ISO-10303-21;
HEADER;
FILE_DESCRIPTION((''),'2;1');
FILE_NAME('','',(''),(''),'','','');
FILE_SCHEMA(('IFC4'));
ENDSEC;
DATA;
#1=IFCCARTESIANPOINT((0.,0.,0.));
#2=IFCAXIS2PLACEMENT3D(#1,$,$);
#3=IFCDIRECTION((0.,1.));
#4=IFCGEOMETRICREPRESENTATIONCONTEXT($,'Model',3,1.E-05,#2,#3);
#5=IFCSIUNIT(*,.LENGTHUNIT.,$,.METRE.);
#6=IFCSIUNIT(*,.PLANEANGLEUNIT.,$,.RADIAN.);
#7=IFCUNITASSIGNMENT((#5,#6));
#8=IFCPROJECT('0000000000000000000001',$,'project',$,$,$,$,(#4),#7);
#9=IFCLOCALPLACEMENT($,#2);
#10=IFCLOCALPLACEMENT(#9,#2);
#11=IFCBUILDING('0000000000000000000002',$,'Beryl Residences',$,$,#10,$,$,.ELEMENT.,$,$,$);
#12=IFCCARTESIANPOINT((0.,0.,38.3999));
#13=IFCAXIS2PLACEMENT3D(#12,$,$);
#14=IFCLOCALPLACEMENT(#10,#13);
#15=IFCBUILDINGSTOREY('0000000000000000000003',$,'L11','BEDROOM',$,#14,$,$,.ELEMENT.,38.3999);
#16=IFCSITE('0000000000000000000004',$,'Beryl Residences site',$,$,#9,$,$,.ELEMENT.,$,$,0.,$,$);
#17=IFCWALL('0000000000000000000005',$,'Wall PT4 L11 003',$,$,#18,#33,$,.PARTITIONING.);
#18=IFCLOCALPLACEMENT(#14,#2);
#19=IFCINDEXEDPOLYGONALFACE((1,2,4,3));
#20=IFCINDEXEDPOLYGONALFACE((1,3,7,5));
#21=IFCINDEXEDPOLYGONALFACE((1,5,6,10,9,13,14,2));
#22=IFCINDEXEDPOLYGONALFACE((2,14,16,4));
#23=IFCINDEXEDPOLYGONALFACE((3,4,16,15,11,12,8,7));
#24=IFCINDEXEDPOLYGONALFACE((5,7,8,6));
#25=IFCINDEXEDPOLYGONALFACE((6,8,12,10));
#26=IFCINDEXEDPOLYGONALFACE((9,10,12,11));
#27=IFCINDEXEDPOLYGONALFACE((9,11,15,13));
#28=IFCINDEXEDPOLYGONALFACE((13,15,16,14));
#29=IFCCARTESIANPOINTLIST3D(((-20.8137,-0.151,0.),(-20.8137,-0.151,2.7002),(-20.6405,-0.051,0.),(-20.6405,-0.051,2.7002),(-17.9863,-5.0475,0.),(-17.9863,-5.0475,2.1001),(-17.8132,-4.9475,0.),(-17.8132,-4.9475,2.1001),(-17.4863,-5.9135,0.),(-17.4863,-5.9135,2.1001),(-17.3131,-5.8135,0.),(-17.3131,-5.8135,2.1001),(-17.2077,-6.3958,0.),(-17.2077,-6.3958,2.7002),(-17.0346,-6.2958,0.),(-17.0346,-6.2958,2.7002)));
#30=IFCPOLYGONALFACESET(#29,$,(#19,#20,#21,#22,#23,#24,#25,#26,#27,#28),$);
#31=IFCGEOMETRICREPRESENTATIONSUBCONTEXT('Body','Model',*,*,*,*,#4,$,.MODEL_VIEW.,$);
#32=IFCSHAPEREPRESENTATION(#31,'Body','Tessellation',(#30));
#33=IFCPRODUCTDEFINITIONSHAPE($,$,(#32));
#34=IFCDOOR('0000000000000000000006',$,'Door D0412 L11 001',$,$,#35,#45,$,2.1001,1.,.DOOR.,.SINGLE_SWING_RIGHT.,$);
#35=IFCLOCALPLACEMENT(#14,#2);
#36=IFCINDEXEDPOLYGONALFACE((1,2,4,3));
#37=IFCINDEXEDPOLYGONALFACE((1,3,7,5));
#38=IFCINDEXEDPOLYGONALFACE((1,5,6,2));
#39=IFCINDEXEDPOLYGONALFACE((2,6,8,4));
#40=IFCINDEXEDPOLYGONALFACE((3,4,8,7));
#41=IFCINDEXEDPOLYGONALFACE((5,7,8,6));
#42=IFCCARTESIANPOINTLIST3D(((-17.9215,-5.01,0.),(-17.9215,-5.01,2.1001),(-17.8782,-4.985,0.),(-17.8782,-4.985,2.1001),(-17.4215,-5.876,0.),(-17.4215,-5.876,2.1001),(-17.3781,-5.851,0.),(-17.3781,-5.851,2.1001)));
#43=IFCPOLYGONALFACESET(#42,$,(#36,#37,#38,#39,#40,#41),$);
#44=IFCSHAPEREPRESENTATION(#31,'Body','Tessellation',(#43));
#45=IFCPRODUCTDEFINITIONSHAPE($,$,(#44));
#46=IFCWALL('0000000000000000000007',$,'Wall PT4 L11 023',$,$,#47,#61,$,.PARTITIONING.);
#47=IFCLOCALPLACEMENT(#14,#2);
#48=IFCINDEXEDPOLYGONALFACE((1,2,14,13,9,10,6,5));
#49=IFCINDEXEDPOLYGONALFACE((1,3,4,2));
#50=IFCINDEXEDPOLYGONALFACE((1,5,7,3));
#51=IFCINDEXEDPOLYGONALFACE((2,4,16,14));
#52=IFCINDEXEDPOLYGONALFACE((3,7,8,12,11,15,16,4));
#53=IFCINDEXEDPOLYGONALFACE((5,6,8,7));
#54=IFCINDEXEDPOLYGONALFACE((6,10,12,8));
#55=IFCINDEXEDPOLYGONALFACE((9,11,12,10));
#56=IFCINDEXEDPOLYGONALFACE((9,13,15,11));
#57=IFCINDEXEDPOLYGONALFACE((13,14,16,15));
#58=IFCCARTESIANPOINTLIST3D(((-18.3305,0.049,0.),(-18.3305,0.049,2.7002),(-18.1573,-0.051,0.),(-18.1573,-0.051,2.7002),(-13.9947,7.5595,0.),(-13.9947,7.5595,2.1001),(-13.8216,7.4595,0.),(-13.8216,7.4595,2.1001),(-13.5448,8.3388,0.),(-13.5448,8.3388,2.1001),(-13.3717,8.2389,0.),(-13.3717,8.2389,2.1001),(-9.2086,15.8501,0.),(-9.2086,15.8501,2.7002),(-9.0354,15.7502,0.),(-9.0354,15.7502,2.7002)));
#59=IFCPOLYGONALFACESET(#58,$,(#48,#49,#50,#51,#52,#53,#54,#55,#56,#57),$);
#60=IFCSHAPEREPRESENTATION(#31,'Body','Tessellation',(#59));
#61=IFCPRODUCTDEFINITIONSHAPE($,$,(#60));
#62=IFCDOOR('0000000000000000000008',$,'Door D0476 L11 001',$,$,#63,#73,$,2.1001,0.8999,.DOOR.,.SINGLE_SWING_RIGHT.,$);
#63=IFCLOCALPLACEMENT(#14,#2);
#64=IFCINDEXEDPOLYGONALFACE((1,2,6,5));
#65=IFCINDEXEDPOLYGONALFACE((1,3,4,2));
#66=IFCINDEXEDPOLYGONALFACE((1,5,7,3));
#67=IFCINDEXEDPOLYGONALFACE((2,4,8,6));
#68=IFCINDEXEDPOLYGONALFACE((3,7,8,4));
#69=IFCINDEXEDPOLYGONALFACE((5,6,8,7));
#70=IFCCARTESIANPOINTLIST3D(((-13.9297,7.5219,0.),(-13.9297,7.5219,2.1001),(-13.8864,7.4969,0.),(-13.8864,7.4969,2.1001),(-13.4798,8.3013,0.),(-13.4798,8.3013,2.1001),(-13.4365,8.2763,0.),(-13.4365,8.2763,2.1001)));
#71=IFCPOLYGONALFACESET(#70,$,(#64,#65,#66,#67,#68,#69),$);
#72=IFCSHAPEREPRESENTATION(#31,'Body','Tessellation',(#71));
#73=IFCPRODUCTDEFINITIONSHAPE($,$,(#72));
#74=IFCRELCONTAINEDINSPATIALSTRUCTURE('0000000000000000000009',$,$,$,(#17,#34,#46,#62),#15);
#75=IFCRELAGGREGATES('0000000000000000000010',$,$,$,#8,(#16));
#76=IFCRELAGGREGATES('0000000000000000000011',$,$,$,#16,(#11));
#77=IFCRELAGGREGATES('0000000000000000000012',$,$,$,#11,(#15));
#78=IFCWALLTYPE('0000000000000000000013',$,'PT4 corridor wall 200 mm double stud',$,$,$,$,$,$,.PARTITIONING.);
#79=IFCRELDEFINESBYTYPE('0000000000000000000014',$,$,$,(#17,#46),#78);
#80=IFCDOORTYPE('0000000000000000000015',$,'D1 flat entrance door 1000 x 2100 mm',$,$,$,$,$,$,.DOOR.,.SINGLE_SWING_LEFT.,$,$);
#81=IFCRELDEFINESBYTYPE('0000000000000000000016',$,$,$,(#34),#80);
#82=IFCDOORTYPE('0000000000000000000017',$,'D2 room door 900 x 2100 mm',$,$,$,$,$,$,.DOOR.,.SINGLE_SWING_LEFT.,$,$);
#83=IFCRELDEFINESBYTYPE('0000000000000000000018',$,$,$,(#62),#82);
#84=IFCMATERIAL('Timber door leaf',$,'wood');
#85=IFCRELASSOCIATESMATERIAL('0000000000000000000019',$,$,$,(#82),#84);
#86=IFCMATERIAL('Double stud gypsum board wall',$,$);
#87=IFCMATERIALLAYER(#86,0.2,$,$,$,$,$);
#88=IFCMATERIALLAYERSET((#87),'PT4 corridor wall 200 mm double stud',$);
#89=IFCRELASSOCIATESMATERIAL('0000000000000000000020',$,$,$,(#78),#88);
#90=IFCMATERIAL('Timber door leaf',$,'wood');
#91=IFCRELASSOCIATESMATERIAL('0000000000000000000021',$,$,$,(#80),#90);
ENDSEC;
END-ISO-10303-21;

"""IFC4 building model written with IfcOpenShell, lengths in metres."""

from ifc_helpers import new_model, si_unit, direction, frame, frame_2d, origin, place, context, subcontext, project, spatial, rectangle, extrude, material, layer, layer_set, type_object, element, fill, save


model = new_model("IFC4")

# Units and contexts
model_context = context("Model", 3, precision=1e-05, world=origin(), true_north=direction((0.0, 1.0)))
body_context = subcontext(model_context, "Body", "Model", "MODEL_VIEW")
ifc_project = project(units=[si_unit("LENGTHUNIT", "METRE"), si_unit("PLANEANGLEUNIT", "RADIAN")], contexts=[model_context])

# Site, building, storey
site_placement = place(None, origin())
site = spatial("IfcSite", under=ifc_project, at=site_placement, Name="Beryl Residences site", CompositionType="ELEMENT", RefElevation=0.0)
building_placement = place(site_placement, origin())
building = spatial("IfcBuilding", under=site, at=building_placement, Name="Beryl Residences", CompositionType="ELEMENT")
storey_placement = place(building_placement, frame((0.0, 0.0, 38.3999)))
storey = spatial("IfcBuildingStorey", under=building, at=storey_placement, Name="L11", Description="BEDROOM", CompositionType="ELEMENT", Elevation=38.3999)

# Shared definitions
ifc_material_1 = material(Name="Timber door leaf", Category="wood")
door_type_1 = type_object("IfcDoorType", Name="D2 room door 900 x 2100 mm", OperationType="SINGLE_SWING_LEFT", PredefinedType="DOOR", material=ifc_material_1)

# Shared definitions
ifc_material_2 = material(Name="Double stud gypsum board wall")
ifc_layer_1 = layer(ifc_material_2, 0.2)
ifc_layer_set_1 = layer_set([ifc_layer_1], Name="PT4 corridor wall 200 mm double stud")
wall_type_1 = type_object("IfcWallType", Name="PT4 corridor wall 200 mm double stud", PredefinedType="PARTITIONING", material=ifc_layer_set_1)

# Walls, openings, doors
wall_1_placement = place(storey_placement, frame((-20.7271, -0.1011, 0.0), z_axis=(0.0, 0.0, 1.0), x_axis=(0.50005, -0.865997, 0.0)))
wall_1 = element("IfcWall", 1, at=wall_1_placement, inside=storey, type_object=wall_type_1, Name="Wall PT4 L11 003", PredefinedType="PARTITIONING", context=body_context, shape_type="SweptSolid", body=[
    extrude(rectangle(XDim=7.2112, YDim=0.2, at=frame_2d((3.6055, 0.0))), origin(), (0.0, 0.0, 1.0), 2.7002),
])
opening_1_placement = place(wall_1_placement, frame((5.6541, 0.0, 0.0)))
opening_1 = element("IfcOpeningElement", 2, at=opening_1_placement, cuts=wall_1, PredefinedType="OPENING", context=body_context, shape_type="SweptSolid", body=[
    extrude(rectangle(XDim=1.0, YDim=2.1001, at=frame_2d((0.5, 1.05))), frame((0.0, 0.1099, 0.0), z_axis=(0.0, -1.0, 0.0), x_axis=(1.0, 0.0, 0.0)), (0.0, 0.0, 1.0), 0.22),
])
ifc_material_3 = material(Name="Timber door leaf", Category="wood")
door_type_2 = type_object("IfcDoorType", Name="D1 flat entrance door 1000 x 2100 mm", OperationType="SINGLE_SWING_LEFT", PredefinedType="DOOR", material=ifc_material_3)
door_1_placement = place(opening_1_placement, origin())
door_1 = element("IfcDoor", 3, at=door_1_placement, inside=storey, type_object=door_type_2, Name="Door D0412 L11 001", OperationType="SINGLE_SWING_RIGHT", OverallHeight=2.1001, OverallWidth=1.0, PredefinedType="DOOR", context=body_context, shape_type="SweptSolid", body=[
    extrude(rectangle(XDim=1.0, YDim=2.1001, at=frame_2d((0.5, 1.05))), frame((0.0, 0.0249, 0.0), z_axis=(0.0, -1.0, 0.0), x_axis=(1.0, 0.0, 0.0)), (0.0, 0.0, 1.0), 0.05),
])
fill(opening_1, door_1)
wall_2_placement = place(storey_placement, frame((-18.2439, -0.001, 0.0), z_axis=(0.0, 0.0, 1.0), x_axis=(0.499963, 0.866047, 0.0)))
wall_2 = element("IfcWall", 4, at=wall_2_placement, inside=storey, type_object=wall_type_1, Name="Wall PT4 L11 023", PredefinedType="PARTITIONING", context=body_context, shape_type="SweptSolid", body=[
    extrude(rectangle(XDim=18.2451, YDim=0.2, at=frame_2d((9.1226, 0.0))), origin(), (0.0, 0.0, 1.0), 2.7002),
])
opening_2_placement = place(wall_2_placement, frame((8.6721, 0.0, 0.0)))
opening_2 = element("IfcOpeningElement", 5, at=opening_2_placement, cuts=wall_2, PredefinedType="OPENING", context=body_context, shape_type="SweptSolid", body=[
    extrude(rectangle(XDim=0.8999, YDim=2.1001, at=frame_2d((0.45, 1.05))), frame((0.0, 0.1099, 0.0), z_axis=(0.0, -1.0, 0.0), x_axis=(1.0, 0.0, 0.0)), (0.0, 0.0, 1.0), 0.22),
])
door_2_placement = place(opening_2_placement, origin())
door_2 = element("IfcDoor", 6, at=door_2_placement, inside=storey, type_object=door_type_1, Name="Door D0476 L11 001", OperationType="SINGLE_SWING_RIGHT", OverallHeight=2.1001, OverallWidth=0.8999, PredefinedType="DOOR", context=body_context, shape_type="SweptSolid", body=[
    extrude(rectangle(XDim=0.8999, YDim=2.1001, at=frame_2d((0.45, 1.05))), frame((0.0, 0.0249, 0.0), z_axis=(0.0, -1.0, 0.0), x_axis=(1.0, 0.0, 0.0)), (0.0, 0.0, 1.0), 0.05),
])
fill(opening_2, door_2)

save(model, "model.ifc")
